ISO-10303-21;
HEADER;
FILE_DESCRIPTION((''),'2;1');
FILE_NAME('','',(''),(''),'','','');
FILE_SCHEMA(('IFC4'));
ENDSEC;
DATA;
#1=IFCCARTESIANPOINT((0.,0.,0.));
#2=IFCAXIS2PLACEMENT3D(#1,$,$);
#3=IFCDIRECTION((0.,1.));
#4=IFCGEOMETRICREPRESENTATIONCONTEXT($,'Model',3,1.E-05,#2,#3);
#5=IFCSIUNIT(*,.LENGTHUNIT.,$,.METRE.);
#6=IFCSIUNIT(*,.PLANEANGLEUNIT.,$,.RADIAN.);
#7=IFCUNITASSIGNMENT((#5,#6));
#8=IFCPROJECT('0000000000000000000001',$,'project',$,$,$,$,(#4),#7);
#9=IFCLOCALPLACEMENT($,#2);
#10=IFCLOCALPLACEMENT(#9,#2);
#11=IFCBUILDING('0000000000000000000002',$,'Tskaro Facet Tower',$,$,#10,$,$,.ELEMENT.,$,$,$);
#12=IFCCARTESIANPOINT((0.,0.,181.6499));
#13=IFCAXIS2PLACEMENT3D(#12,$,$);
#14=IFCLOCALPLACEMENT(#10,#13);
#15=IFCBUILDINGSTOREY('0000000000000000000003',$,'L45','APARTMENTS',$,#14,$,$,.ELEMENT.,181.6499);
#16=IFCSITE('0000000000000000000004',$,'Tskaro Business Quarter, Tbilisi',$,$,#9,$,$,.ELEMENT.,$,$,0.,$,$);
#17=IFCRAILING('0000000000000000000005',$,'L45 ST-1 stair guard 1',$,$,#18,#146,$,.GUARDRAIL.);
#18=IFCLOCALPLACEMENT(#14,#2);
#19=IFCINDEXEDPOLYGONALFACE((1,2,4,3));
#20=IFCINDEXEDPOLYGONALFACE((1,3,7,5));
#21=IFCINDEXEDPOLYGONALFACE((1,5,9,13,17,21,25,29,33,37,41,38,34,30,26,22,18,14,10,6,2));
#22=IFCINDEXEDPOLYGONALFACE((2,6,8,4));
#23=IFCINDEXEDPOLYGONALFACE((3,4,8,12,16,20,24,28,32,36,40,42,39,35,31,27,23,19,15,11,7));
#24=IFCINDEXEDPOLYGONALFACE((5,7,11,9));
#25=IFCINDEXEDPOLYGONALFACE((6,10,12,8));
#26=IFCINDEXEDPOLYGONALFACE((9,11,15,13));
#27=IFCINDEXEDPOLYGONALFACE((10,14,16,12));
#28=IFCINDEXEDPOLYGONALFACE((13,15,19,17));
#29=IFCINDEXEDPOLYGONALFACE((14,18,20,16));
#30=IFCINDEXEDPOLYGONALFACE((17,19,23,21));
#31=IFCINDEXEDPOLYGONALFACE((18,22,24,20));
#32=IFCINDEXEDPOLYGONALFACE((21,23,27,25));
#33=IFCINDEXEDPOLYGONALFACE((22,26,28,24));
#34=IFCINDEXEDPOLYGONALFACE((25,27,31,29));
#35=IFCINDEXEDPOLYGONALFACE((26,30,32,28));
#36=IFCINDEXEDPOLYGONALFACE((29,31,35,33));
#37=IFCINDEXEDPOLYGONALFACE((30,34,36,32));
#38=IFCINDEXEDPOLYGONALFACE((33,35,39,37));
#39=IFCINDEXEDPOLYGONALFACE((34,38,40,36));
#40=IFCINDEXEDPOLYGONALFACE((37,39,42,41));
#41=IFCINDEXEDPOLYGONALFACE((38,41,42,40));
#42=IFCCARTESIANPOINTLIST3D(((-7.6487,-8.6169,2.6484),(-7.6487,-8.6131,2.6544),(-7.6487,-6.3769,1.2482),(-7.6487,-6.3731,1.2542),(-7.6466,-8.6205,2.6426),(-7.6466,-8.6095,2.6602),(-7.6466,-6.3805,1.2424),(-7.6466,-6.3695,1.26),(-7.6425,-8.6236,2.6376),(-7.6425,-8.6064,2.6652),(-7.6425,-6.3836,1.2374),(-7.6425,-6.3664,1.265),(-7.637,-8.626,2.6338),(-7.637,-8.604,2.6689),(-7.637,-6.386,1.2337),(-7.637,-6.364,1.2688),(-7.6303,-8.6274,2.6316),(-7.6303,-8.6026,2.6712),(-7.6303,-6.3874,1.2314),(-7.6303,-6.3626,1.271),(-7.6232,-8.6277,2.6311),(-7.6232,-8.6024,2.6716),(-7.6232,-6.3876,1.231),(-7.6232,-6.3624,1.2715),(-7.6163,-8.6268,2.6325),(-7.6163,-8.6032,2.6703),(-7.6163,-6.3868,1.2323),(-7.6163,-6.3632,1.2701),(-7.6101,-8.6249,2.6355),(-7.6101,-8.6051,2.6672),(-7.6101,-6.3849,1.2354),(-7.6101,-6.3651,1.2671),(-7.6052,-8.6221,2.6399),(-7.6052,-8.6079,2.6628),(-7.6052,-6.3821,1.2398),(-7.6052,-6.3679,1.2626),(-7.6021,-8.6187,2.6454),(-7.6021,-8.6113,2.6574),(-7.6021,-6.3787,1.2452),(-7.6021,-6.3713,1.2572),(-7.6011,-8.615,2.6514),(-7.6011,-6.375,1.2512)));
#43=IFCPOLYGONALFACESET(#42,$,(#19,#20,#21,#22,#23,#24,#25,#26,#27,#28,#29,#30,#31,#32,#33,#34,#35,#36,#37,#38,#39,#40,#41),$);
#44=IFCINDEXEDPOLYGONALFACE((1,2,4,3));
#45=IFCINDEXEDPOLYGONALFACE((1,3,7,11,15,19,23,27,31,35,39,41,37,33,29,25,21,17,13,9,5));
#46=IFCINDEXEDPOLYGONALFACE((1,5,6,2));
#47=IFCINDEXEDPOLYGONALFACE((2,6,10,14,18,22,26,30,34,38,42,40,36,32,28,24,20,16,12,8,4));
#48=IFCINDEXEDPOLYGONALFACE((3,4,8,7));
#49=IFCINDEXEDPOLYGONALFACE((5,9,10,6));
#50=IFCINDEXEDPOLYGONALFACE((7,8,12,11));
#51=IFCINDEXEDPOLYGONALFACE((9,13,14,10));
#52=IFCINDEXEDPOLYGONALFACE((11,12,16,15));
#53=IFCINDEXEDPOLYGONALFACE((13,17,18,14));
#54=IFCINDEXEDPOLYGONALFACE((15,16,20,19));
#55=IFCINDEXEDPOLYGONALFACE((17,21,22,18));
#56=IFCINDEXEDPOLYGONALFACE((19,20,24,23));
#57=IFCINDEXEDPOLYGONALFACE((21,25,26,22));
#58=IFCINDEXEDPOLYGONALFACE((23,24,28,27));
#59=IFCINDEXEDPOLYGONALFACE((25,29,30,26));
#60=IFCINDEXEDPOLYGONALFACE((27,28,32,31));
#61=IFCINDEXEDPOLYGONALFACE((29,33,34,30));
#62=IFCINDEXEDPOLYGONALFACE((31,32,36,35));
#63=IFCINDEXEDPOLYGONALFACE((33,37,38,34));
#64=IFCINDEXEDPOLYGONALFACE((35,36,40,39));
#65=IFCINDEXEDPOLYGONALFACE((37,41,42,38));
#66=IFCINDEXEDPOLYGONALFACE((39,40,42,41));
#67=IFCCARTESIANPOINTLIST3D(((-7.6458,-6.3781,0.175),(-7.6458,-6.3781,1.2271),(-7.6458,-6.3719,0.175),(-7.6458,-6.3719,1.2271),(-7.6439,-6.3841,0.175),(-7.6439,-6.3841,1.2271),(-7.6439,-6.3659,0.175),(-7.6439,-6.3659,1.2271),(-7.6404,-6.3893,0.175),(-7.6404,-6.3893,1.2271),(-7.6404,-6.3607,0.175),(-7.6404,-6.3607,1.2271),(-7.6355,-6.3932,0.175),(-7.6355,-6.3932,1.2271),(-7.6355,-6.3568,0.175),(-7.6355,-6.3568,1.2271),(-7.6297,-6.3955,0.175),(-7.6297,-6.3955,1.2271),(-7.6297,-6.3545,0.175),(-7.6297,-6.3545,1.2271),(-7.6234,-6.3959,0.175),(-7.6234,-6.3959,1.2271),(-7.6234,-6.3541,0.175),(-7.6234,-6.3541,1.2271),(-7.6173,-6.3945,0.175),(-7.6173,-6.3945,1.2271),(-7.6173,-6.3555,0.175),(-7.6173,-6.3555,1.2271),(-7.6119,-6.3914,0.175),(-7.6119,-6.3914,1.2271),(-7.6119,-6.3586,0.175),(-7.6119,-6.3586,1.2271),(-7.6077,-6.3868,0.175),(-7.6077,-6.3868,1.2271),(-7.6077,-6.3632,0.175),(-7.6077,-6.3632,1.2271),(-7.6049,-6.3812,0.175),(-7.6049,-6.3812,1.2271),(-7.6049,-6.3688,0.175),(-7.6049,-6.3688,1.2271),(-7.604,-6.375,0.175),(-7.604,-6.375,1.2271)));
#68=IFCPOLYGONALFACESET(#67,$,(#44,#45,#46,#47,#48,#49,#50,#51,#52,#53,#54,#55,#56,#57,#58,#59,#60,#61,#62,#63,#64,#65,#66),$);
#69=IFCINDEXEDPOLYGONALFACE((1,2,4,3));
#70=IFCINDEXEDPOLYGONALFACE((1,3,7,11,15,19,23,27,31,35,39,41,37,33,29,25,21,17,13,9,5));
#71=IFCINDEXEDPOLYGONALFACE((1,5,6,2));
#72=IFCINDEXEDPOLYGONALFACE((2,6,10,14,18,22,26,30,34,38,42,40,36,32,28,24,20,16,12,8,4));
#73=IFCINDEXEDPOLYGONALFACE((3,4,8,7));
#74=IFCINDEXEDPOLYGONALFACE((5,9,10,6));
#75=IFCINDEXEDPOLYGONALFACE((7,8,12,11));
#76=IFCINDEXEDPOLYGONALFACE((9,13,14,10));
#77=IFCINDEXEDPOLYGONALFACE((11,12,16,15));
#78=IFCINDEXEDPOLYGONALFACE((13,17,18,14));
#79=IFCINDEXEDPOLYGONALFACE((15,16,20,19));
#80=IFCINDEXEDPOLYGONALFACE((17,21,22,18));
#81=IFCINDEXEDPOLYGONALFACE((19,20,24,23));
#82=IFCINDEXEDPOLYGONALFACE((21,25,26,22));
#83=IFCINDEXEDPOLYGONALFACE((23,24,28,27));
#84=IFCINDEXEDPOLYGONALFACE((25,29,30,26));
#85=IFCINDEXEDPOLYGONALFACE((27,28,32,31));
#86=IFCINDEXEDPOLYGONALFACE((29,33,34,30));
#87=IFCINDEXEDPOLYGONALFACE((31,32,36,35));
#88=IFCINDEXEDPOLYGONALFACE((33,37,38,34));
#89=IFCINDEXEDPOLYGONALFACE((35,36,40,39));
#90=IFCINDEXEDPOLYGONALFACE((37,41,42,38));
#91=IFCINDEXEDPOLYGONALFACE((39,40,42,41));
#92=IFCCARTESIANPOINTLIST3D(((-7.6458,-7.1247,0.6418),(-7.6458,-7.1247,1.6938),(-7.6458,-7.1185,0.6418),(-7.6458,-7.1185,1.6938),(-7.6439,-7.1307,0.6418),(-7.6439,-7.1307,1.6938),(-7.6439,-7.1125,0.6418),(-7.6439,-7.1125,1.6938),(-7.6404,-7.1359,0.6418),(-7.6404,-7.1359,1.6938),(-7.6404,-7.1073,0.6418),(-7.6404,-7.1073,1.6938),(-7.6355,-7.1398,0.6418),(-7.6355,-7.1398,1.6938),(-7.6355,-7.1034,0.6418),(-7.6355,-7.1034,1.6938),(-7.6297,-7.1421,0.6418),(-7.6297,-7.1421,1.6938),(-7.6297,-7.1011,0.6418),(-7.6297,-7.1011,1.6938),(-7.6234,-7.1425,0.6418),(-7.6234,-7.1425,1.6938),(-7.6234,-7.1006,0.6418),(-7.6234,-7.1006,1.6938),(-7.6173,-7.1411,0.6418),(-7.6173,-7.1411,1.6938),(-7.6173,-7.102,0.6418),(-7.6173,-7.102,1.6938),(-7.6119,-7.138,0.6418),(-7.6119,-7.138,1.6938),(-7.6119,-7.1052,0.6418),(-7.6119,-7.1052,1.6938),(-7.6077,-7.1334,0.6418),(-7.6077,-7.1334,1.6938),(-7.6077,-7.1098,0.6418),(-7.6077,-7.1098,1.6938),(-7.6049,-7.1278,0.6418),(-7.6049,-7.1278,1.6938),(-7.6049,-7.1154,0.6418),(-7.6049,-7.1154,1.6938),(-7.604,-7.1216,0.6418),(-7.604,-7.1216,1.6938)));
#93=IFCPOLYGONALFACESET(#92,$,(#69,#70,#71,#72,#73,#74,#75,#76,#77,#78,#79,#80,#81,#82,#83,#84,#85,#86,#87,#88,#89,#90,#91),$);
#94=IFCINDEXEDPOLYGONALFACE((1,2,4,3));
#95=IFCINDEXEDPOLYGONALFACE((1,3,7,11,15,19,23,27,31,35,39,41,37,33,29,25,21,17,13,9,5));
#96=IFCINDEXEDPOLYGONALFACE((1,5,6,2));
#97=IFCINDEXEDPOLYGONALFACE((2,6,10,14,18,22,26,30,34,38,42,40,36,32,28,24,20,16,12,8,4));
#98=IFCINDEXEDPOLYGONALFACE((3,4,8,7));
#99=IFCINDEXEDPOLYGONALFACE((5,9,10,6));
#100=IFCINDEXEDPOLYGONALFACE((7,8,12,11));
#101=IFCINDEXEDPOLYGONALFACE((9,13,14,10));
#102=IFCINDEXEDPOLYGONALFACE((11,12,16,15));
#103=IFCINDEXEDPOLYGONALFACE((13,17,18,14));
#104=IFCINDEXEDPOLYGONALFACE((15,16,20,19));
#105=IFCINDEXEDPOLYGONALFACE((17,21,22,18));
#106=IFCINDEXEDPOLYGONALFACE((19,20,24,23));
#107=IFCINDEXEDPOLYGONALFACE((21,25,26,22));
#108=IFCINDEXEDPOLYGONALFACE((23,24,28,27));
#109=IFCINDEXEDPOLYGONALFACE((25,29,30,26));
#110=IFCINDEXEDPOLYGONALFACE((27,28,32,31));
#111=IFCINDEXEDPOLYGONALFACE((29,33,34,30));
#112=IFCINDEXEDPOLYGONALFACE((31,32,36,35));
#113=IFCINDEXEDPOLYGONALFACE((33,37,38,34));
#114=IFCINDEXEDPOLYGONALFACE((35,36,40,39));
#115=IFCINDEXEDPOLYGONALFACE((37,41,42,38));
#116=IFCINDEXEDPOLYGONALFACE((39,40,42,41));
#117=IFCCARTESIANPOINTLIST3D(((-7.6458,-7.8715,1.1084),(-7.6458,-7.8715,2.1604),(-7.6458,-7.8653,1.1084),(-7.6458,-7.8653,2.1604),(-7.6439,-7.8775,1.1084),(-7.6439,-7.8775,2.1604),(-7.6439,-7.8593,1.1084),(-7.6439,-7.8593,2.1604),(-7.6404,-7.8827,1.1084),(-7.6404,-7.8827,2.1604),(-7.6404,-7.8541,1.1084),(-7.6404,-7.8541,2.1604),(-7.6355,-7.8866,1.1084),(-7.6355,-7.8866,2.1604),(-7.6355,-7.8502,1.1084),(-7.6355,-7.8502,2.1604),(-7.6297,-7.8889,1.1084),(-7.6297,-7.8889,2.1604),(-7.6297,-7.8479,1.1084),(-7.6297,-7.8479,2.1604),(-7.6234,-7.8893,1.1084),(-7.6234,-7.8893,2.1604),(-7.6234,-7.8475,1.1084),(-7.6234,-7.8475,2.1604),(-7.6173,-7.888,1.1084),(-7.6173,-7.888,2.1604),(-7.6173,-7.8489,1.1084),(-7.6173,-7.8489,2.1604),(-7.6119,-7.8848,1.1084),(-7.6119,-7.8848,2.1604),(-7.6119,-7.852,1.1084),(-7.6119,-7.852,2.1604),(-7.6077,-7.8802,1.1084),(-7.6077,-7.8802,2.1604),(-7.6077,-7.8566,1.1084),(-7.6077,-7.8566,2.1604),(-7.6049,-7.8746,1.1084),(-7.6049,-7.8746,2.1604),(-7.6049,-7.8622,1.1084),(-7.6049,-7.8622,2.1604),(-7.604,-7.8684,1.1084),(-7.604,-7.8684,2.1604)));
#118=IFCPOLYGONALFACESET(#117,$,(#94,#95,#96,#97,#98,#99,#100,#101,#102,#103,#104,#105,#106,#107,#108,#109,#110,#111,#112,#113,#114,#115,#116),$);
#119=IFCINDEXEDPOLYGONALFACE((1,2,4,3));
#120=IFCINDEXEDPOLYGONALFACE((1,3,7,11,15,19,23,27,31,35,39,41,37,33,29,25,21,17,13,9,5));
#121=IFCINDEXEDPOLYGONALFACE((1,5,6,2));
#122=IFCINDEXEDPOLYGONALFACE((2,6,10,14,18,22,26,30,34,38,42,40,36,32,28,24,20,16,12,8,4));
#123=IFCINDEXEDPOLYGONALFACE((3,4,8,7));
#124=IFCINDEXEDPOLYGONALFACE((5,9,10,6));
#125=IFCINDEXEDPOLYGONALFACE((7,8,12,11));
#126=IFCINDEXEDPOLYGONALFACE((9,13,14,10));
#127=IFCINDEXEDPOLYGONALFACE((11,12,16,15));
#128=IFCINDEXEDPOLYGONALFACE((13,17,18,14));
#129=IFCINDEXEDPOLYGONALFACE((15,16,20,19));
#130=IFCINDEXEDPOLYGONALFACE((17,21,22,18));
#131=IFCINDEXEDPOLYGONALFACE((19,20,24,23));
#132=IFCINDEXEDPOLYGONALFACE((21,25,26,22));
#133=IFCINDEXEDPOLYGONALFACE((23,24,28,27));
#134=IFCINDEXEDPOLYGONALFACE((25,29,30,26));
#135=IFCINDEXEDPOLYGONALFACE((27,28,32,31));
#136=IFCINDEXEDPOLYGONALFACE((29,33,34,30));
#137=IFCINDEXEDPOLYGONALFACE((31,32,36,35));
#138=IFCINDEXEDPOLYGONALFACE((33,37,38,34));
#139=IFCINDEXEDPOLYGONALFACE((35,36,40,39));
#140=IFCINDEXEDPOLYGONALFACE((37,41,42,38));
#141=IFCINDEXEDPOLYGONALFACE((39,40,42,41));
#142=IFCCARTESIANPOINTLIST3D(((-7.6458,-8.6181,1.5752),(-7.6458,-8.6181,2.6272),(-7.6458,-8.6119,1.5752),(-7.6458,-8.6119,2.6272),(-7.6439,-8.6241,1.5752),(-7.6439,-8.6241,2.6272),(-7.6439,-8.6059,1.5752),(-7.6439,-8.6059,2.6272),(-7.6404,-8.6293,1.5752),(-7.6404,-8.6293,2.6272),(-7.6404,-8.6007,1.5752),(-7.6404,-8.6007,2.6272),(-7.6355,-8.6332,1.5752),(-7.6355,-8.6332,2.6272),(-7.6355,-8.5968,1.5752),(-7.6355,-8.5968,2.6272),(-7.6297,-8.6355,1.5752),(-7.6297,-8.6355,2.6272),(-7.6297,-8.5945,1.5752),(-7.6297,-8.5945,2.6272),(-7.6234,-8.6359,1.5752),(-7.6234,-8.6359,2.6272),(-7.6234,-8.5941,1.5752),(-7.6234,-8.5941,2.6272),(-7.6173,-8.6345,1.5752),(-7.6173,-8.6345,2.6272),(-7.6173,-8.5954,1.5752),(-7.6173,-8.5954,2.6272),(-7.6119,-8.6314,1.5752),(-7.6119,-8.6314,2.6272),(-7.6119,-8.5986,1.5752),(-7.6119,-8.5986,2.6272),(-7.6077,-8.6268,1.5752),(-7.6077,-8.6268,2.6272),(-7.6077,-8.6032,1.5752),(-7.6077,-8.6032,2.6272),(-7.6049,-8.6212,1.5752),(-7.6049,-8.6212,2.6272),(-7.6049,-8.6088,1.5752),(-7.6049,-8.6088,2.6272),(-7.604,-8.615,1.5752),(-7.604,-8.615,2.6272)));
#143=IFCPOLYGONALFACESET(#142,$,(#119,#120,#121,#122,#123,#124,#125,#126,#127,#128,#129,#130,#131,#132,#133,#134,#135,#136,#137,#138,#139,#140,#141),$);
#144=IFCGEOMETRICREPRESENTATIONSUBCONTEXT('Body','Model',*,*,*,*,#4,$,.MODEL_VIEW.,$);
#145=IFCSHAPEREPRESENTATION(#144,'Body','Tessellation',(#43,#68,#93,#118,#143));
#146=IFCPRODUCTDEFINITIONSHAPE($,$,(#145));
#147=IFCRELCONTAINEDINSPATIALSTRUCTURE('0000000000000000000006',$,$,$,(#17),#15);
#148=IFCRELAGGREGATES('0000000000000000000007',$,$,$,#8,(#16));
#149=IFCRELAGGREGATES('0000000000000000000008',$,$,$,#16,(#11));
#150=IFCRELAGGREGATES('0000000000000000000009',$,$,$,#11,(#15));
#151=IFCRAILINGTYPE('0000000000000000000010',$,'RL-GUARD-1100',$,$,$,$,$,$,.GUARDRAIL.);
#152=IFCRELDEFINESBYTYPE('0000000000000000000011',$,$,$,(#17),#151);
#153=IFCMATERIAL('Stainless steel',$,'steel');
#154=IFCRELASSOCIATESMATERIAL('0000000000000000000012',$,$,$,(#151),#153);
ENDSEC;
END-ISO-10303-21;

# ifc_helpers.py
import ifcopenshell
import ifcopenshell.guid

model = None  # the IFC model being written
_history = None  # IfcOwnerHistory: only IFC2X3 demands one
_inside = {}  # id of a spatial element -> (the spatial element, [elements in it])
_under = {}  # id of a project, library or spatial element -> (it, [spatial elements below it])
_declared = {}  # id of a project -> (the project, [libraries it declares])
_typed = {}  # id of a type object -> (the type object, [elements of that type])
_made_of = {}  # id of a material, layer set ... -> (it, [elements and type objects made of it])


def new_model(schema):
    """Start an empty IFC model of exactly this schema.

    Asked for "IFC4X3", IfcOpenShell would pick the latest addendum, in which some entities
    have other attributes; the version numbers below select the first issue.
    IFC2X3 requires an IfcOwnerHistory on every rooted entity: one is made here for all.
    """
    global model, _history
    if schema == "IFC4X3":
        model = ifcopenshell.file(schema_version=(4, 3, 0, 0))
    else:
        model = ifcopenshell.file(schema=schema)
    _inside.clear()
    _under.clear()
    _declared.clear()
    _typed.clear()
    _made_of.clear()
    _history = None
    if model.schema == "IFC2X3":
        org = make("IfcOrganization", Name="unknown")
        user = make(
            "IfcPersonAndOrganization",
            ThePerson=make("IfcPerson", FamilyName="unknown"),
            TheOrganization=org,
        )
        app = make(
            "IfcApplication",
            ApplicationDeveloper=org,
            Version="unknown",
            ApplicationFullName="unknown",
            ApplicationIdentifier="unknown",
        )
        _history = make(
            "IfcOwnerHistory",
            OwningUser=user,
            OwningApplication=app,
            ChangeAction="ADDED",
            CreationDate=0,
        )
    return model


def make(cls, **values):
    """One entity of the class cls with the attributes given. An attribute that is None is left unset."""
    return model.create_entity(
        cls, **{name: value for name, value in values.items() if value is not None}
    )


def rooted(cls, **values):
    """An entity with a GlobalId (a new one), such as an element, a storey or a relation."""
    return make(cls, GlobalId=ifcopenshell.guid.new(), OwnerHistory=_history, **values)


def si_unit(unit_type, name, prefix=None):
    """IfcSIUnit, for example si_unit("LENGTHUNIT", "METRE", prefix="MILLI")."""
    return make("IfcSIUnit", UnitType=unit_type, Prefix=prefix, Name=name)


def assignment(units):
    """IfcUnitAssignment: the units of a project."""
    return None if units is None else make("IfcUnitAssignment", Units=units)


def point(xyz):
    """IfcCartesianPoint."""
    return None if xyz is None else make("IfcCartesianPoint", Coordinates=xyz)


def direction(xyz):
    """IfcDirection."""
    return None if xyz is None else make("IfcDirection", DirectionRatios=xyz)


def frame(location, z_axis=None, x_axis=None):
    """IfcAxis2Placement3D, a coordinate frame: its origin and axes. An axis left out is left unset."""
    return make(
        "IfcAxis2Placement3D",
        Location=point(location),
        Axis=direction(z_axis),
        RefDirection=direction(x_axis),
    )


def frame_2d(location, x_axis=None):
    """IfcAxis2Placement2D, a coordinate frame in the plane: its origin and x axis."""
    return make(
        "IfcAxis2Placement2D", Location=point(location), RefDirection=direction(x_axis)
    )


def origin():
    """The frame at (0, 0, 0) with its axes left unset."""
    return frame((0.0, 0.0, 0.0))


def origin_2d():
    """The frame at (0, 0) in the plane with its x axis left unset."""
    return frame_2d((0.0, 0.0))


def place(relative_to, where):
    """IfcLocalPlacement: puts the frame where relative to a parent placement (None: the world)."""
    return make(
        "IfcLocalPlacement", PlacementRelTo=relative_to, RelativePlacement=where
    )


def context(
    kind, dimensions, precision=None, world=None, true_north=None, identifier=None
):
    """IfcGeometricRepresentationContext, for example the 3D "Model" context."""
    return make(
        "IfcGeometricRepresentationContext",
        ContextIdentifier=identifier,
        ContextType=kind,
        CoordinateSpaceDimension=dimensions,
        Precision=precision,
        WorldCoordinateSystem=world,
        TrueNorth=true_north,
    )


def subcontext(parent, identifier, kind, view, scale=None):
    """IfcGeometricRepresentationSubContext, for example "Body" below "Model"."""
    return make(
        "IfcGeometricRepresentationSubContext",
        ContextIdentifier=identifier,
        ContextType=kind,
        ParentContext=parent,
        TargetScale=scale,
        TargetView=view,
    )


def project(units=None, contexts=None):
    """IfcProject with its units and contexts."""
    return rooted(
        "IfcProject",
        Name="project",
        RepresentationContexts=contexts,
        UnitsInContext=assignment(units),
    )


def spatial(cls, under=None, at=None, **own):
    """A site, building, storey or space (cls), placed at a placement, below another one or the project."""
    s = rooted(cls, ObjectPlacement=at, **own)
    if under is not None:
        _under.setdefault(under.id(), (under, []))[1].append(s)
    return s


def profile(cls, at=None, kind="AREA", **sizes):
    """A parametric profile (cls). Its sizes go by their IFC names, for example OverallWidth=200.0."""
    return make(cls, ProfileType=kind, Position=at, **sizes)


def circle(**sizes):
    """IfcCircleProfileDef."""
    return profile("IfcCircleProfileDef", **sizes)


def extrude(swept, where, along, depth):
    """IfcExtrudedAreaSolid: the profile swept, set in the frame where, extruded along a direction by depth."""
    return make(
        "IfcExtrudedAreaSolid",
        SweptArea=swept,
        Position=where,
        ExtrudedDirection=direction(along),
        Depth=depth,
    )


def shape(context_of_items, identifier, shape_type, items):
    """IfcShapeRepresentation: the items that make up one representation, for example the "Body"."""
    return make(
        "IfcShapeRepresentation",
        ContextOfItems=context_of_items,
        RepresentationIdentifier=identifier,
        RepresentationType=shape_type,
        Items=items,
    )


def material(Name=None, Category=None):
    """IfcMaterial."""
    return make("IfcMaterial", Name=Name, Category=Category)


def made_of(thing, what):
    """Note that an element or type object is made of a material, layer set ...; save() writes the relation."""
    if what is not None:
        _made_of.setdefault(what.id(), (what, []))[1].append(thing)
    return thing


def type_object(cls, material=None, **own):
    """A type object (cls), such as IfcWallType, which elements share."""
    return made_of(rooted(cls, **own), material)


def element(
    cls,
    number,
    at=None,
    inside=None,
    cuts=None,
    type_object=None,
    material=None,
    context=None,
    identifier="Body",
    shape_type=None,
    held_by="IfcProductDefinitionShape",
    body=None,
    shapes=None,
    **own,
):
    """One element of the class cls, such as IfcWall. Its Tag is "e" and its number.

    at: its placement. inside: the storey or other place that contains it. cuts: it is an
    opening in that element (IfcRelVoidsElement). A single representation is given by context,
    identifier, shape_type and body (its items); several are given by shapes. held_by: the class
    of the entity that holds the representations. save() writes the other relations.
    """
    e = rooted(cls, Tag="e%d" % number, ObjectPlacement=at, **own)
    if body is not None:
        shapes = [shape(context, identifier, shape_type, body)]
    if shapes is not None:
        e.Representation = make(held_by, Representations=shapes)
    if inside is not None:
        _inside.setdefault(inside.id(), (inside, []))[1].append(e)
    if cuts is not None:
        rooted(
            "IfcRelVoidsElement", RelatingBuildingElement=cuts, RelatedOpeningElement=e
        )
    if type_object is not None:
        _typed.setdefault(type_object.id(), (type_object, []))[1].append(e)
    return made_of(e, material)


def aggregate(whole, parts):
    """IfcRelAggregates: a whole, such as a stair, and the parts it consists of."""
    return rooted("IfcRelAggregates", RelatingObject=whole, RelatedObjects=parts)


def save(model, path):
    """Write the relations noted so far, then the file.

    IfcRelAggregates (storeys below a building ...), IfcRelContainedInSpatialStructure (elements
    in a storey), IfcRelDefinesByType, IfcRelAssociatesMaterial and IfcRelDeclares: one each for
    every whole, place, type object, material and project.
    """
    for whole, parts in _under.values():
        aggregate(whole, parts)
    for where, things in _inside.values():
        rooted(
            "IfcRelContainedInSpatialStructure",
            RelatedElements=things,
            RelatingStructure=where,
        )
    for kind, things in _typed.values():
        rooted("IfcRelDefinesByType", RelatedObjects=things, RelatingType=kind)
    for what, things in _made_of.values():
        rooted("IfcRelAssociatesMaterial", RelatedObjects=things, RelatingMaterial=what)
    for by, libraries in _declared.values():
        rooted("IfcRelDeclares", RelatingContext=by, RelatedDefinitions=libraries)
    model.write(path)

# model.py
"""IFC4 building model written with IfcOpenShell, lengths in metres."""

from ifc_helpers import new_model, si_unit, direction, frame, origin, origin_2d, place, context, subcontext, project, spatial, circle, extrude, material, type_object, element, save


model = new_model("IFC4")

# Units and contexts
model_context = context("Model", 3, precision=1e-05, world=origin(), true_north=direction((0.0, 1.0)))
body_context = subcontext(model_context, "Body", "Model", "MODEL_VIEW")
ifc_project = project(units=[si_unit("LENGTHUNIT", "METRE"), si_unit("PLANEANGLEUNIT", "RADIAN")], contexts=[model_context])

# Site, building, storey
site_placement = place(None, origin())
site = spatial("IfcSite", under=ifc_project, at=site_placement, Name="Tskaro Business Quarter, Tbilisi", CompositionType="ELEMENT", RefElevation=0.0)
building_placement = place(site_placement, origin())
building = spatial("IfcBuilding", under=site, at=building_placement, Name="Tskaro Facet Tower", CompositionType="ELEMENT")
storey_placement = place(building_placement, frame((0.0, 0.0, 181.6499)))
storey = spatial("IfcBuildingStorey", under=building, at=storey_placement, Name="L45", Description="APARTMENTS", CompositionType="ELEMENT", Elevation=181.6499)

# Shared definitions
ifc_material_1 = material(Name="Stainless steel", Category="steel")

# Railing
railing_type_1 = type_object("IfcRailingType", Name="RL-GUARD-1100", PredefinedType="GUARDRAIL", material=ifc_material_1)
railing_1_placement = place(storey_placement, frame((-7.625, -6.375, 0.175)))
element("IfcRailing", 1, at=railing_1_placement, inside=storey, type_object=railing_type_1, Name="L45 ST-1 stair guard 1", PredefinedType="GUARDRAIL", context=body_context, shape_type="SweptSolid", body=[
    extrude(circle(Radius=0.0239, at=origin_2d()), frame((0.0, 0.0, 1.0762), z_axis=(0.0, -0.847972, 0.53004), x_axis=(1.0, 0.0, 0.0)), (0.0, 0.0, 1.0), 2.6416),
    extrude(circle(Radius=0.021, at=origin_2d()), origin(), (0.0, 0.0, 1.0), 1.052),
    extrude(circle(Radius=0.021, at=origin_2d()), frame((0.0, -0.7466, 0.4668)), (0.0, 0.0, 1.0), 1.052),
    extrude(circle(Radius=0.021, at=origin_2d()), frame((0.0, -1.4934, 0.9333)), (0.0, 0.0, 1.0), 1.052),
    extrude(circle(Radius=0.021, at=origin_2d()), frame((0.0, -2.24, 1.4001)), (0.0, 0.0, 1.0), 1.052),
])

save(model, "model.ifc")
